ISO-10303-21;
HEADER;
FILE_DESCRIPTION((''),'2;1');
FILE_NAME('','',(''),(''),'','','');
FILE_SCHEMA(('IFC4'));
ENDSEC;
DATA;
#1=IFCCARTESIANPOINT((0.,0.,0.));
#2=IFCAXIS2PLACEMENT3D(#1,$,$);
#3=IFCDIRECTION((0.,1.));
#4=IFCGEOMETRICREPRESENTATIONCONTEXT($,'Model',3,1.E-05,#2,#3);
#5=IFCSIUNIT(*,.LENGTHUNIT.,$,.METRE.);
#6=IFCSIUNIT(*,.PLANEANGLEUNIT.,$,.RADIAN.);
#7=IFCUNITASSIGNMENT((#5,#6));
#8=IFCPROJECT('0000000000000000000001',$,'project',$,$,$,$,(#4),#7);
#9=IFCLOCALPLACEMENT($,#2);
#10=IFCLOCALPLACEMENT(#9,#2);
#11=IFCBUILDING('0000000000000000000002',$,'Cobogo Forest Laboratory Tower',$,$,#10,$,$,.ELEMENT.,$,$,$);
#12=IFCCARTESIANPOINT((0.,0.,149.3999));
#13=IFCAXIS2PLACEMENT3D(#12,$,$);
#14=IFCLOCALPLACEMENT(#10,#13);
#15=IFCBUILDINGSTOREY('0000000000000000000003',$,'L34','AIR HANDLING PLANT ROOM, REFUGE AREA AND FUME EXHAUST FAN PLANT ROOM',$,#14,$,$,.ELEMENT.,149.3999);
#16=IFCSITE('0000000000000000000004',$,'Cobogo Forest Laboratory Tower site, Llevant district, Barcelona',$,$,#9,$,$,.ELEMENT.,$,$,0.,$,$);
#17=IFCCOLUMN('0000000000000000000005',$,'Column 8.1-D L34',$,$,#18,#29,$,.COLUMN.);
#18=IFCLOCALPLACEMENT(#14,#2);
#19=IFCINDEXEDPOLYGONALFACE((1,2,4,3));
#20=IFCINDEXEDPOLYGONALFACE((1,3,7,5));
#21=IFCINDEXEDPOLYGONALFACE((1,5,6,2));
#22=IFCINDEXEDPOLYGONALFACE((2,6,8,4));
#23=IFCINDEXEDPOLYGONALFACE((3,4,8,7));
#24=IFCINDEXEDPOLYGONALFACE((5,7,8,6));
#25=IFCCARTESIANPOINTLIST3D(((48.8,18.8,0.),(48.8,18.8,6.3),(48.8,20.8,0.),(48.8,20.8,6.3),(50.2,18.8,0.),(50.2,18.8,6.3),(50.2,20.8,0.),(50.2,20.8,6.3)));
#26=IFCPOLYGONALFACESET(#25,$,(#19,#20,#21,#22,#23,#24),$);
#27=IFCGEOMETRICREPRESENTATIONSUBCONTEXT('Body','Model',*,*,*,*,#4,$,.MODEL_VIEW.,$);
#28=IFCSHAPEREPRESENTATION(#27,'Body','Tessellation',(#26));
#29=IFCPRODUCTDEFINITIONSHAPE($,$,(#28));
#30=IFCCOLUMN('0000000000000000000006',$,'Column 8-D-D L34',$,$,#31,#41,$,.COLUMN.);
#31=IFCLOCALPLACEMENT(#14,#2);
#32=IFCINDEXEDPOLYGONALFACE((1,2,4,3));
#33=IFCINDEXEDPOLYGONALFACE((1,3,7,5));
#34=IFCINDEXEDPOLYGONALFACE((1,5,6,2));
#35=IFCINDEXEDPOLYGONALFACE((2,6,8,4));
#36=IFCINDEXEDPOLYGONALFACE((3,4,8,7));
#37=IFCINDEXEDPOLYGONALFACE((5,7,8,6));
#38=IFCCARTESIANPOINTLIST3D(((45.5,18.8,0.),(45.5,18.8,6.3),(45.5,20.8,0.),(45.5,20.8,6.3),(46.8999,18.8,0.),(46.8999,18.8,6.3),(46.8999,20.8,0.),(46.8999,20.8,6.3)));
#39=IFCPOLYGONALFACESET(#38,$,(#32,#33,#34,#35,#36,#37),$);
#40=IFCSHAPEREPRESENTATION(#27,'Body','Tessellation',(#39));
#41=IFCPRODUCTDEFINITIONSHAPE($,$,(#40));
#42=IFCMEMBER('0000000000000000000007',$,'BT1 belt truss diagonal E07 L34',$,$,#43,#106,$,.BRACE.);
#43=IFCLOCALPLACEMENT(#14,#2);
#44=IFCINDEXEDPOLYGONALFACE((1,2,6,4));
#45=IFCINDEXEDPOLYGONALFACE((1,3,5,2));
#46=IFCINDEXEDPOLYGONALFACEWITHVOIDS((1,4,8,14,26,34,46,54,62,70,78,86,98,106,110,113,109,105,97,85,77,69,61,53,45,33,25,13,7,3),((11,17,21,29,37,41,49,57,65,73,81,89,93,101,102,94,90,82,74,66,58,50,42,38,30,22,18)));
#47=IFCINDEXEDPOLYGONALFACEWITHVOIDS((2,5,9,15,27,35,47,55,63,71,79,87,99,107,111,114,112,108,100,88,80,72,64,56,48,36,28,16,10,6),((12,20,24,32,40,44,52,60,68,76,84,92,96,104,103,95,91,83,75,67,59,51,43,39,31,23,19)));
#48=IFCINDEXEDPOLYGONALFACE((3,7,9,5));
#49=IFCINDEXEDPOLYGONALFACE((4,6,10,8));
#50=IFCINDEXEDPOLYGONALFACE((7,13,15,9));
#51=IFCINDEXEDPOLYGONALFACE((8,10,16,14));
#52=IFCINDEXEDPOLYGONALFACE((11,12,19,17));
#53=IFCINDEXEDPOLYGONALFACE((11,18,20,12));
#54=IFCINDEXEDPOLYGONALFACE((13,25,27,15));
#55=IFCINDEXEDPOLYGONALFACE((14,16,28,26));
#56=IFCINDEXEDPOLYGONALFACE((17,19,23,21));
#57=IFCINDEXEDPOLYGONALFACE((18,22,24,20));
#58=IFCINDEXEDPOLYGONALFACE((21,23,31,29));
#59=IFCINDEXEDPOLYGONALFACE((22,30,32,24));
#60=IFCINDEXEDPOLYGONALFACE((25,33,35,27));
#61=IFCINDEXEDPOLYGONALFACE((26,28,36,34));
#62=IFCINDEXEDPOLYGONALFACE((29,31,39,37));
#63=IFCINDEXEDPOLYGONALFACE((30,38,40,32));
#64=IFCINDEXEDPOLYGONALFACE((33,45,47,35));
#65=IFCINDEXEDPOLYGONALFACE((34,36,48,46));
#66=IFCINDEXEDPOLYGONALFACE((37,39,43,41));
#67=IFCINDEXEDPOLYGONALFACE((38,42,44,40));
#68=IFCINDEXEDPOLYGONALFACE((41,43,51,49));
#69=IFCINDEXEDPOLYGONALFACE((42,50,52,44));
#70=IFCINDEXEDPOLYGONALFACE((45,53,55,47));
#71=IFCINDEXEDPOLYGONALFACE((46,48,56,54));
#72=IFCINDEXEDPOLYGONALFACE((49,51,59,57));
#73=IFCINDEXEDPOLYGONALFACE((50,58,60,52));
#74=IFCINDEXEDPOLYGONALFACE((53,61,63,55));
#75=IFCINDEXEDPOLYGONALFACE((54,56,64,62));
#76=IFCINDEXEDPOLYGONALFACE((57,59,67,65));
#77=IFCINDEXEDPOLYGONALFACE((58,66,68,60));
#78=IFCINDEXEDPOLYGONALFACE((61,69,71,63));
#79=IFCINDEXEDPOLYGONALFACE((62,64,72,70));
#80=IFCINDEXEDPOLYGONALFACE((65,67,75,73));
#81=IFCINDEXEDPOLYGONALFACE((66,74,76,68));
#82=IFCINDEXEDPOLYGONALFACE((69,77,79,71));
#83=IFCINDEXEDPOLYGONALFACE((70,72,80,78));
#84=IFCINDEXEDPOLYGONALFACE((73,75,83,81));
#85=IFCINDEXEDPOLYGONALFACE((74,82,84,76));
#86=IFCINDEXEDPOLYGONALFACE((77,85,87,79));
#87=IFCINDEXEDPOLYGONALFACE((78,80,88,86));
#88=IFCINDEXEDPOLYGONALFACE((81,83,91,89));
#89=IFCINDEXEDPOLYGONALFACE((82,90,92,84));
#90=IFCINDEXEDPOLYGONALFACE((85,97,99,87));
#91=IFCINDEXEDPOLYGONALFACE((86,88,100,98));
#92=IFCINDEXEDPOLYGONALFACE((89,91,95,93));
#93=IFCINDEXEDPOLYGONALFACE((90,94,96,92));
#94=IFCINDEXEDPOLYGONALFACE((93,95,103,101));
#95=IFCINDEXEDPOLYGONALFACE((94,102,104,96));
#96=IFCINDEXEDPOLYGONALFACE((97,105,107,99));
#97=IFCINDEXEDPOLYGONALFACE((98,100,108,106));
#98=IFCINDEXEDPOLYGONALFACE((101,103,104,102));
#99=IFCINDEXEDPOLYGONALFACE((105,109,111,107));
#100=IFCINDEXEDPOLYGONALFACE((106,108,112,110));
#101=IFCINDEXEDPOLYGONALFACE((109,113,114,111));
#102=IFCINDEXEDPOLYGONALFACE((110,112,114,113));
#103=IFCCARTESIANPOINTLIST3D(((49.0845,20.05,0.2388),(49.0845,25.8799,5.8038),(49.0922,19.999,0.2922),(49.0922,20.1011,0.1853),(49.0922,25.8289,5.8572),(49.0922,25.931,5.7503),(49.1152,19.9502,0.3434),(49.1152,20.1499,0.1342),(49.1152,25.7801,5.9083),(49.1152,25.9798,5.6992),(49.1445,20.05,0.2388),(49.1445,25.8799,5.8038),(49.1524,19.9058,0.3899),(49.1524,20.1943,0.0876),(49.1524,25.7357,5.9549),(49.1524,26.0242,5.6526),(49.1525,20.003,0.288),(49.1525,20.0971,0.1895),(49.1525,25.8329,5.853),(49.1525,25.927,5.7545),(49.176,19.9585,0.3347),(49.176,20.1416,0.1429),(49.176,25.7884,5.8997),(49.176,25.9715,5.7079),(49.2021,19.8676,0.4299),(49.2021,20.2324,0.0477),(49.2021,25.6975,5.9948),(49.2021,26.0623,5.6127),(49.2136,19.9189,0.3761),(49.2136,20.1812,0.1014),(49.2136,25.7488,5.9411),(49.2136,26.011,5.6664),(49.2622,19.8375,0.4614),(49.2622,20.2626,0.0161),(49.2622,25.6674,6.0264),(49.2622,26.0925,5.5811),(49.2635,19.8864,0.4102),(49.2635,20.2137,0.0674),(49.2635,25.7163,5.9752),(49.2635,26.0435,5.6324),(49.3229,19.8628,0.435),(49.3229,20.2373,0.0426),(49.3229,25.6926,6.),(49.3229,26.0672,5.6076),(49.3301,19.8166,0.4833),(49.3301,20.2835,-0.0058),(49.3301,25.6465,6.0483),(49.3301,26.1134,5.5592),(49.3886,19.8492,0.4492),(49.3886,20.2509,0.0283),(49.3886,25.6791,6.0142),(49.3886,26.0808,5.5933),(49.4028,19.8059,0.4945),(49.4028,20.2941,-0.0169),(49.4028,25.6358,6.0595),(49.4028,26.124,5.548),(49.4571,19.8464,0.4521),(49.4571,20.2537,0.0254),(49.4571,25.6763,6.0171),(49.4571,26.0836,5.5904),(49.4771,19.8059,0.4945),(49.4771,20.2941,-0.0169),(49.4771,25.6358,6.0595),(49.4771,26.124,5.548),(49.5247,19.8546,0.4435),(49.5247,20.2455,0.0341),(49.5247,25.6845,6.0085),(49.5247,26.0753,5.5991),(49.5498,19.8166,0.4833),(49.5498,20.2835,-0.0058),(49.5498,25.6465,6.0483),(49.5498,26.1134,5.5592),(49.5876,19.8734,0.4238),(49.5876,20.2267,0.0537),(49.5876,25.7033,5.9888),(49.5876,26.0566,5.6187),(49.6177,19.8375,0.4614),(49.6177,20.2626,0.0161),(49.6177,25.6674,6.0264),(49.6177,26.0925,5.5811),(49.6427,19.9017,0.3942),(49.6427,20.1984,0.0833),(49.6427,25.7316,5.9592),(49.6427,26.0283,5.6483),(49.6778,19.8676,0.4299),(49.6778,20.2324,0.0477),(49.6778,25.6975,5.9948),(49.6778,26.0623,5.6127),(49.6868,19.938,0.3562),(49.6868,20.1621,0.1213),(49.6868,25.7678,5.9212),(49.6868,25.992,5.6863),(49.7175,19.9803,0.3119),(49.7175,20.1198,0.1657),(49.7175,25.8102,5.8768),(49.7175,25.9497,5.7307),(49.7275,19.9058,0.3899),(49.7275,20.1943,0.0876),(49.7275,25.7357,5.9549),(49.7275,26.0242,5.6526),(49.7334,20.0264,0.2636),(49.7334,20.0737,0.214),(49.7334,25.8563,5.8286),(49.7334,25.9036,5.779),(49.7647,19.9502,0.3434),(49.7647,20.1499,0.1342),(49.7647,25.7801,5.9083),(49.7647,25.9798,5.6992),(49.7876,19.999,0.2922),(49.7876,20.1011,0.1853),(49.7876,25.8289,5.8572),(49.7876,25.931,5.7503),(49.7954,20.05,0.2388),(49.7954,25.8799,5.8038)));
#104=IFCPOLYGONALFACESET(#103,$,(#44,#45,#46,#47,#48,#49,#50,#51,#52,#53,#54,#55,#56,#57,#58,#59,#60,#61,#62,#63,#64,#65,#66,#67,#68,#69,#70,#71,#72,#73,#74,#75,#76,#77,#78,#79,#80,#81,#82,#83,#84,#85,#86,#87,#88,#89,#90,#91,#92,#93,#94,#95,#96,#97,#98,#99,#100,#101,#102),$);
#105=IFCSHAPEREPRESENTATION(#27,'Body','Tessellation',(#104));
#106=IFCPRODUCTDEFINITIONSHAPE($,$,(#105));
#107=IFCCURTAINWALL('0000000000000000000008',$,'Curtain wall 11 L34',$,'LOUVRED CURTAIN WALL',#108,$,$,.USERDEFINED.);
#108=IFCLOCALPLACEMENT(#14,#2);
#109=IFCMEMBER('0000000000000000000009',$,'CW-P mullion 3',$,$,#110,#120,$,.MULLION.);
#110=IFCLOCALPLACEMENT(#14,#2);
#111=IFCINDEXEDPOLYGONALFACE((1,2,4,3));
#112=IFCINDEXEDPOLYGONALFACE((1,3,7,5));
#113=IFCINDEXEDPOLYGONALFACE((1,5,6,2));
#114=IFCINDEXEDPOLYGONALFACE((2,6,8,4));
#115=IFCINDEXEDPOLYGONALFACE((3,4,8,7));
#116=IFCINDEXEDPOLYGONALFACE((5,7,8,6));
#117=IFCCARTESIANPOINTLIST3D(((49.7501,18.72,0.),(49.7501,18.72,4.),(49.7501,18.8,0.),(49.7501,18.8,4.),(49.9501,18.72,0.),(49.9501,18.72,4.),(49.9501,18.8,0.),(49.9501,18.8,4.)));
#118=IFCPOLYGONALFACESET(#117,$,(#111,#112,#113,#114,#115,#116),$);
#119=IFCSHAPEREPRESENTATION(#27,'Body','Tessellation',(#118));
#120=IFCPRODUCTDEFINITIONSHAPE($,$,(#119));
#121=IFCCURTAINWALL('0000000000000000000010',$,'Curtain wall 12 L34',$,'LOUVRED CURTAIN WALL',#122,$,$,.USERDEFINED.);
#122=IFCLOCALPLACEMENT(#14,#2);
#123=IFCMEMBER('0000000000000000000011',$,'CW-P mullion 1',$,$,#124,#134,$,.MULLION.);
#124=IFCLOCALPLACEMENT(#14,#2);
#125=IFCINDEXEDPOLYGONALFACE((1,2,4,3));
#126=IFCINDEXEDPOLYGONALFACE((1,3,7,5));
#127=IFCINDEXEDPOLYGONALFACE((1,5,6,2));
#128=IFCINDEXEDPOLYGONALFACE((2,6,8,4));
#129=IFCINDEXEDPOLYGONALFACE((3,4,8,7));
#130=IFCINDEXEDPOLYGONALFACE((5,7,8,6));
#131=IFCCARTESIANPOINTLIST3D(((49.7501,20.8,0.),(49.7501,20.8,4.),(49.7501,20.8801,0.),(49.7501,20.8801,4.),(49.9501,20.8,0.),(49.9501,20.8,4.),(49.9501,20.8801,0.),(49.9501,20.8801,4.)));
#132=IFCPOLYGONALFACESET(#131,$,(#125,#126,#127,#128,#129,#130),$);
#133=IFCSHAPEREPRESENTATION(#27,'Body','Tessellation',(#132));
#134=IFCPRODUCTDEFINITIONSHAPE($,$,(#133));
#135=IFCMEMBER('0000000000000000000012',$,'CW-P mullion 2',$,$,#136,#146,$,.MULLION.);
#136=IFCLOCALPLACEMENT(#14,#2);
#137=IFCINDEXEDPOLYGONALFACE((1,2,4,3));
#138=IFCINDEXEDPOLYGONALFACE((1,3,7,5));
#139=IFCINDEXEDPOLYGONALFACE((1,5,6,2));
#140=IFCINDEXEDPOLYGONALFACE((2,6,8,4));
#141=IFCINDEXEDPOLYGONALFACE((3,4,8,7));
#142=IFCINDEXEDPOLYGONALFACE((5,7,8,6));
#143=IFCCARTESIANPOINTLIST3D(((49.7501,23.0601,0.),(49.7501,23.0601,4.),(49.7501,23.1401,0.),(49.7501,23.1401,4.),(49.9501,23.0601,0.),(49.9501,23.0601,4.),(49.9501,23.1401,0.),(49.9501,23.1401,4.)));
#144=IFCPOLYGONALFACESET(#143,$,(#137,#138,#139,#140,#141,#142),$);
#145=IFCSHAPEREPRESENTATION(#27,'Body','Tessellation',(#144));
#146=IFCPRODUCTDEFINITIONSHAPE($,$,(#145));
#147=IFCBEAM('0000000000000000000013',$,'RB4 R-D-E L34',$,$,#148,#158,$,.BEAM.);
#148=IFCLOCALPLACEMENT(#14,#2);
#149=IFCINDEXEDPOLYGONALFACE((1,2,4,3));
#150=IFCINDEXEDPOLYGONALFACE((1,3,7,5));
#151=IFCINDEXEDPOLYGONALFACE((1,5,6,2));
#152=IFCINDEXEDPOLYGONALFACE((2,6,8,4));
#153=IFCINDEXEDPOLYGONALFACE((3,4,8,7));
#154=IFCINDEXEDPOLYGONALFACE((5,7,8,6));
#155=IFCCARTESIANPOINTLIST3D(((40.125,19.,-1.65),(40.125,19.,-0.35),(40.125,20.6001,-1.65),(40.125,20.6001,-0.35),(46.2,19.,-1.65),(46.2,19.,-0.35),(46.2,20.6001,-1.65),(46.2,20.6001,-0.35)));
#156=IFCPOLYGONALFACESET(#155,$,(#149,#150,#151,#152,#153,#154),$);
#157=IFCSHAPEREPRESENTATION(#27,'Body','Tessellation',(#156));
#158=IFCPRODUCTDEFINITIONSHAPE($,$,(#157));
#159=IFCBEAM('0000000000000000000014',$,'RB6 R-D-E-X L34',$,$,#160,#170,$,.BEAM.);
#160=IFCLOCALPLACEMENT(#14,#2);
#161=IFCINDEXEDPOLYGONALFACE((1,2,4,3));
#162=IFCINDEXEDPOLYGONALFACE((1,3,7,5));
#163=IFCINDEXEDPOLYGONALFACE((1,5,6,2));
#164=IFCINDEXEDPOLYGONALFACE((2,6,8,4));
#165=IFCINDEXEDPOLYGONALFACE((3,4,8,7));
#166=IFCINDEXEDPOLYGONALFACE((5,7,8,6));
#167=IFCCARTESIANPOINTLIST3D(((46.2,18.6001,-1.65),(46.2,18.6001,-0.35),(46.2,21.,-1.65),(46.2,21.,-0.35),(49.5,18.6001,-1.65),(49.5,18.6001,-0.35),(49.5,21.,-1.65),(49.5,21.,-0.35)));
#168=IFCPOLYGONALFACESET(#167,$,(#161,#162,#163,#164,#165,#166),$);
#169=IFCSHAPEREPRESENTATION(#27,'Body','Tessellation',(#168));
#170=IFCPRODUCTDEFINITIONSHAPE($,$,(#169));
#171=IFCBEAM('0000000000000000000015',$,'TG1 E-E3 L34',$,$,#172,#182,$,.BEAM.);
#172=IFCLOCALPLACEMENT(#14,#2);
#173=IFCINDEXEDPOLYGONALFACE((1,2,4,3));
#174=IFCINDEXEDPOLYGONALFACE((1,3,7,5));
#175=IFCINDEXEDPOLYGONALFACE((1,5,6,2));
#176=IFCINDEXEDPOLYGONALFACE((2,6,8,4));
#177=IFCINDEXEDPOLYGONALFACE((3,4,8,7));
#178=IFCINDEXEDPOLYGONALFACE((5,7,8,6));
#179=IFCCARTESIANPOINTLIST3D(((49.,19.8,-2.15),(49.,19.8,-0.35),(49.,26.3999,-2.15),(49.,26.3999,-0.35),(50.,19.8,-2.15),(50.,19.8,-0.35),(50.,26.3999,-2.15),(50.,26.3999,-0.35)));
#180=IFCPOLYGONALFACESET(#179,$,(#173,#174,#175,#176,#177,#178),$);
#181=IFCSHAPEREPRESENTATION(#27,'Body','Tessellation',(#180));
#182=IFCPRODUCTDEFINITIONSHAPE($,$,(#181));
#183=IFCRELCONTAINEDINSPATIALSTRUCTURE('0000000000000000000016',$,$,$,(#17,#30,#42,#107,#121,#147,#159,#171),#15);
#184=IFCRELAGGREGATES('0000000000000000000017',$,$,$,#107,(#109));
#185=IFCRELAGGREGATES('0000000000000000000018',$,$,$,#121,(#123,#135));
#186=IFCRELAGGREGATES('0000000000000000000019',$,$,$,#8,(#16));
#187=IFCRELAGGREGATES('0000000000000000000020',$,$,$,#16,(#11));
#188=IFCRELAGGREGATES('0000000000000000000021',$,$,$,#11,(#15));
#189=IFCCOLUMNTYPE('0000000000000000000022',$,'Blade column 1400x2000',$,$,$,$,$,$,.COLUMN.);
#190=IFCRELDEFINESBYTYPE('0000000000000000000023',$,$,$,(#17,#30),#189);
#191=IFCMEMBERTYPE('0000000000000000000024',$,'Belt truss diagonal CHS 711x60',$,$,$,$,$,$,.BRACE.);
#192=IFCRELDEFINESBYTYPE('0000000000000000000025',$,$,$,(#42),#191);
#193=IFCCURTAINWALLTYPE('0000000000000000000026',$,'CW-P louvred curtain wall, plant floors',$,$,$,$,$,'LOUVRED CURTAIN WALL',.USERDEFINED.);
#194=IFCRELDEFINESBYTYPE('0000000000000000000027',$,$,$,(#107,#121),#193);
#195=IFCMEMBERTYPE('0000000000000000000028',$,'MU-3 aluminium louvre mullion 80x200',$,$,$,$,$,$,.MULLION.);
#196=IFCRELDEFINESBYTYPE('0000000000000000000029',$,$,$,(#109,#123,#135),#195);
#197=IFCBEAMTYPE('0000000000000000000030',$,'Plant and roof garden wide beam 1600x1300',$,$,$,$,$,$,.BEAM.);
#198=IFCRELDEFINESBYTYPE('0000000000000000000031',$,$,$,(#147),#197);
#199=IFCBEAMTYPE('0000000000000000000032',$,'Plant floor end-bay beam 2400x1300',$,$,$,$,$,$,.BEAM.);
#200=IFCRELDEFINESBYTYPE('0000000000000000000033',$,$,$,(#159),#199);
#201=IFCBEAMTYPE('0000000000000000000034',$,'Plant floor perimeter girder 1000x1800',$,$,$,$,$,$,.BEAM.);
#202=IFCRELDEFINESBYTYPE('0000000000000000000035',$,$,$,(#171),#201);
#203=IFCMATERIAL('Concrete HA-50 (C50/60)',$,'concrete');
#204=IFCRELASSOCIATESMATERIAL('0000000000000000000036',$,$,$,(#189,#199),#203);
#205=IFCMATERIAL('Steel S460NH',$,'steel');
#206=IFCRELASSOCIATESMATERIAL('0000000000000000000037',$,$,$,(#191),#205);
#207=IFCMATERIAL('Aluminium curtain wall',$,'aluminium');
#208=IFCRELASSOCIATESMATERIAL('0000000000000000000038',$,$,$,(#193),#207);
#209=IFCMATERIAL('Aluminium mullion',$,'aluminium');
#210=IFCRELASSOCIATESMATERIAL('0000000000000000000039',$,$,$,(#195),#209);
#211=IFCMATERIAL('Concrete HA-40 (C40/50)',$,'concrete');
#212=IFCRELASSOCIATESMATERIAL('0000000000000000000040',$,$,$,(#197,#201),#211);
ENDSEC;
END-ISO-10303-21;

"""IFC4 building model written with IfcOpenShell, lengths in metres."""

from ifc_helpers import new_model, si_unit, direction, frame, origin, origin_2d, place, context, subcontext, project, spatial, rectangle, hollow_circle, extrude, material, material_profile, profile_set, type_object, element, aggregate, save


model = new_model("IFC4")

# Units and contexts
model_context = context("Model", 3, precision=1e-05, world=origin(), true_north=direction((0.0, 1.0)))
body_context = subcontext(model_context, "Body", "Model", "MODEL_VIEW")
ifc_project = project(units=[si_unit("LENGTHUNIT", "METRE"), si_unit("PLANEANGLEUNIT", "RADIAN")], contexts=[model_context])

# Site, building, storey
site_placement = place(None, origin())
site = spatial("IfcSite", under=ifc_project, at=site_placement, Name="Cobogo Forest Laboratory Tower site, Llevant district, Barcelona", CompositionType="ELEMENT", RefElevation=0.0)
building_placement = place(site_placement, origin())
building = spatial("IfcBuilding", under=site, at=building_placement, Name="Cobogo Forest Laboratory Tower", CompositionType="ELEMENT")
storey_placement = place(building_placement, frame((0.0, 0.0, 149.3999)))
storey = spatial("IfcBuildingStorey", under=building, at=storey_placement, Name="L34", Description="AIR HANDLING PLANT ROOM, REFUGE AREA AND FUME EXHAUST FAN PLANT ROOM", CompositionType="ELEMENT", Elevation=149.3999)

# Columns
ifc_material_1 = material(Name="Concrete HA-50 (C50/60)", Category="concrete")
ifc_material_profile_1 = material_profile(ifc_material_1, rectangle(XDim=2.0, YDim=1.3999, at=origin_2d()), Name="RC 1400x2000")
ifc_profile_set_1 = profile_set([ifc_material_profile_1], Name="Concrete HA-50 (C50/60)")
column_type = type_object("IfcColumnType", Name="Blade column 1400x2000", PredefinedType="COLUMN", material=ifc_profile_set_1)
for number, where, z_axis, x_axis, name in (
    (1, (49.5, 19.8, 0.0), (0.0, 0.0, 1.0), (0.0, 1.0, 0.0), "Column 8.1-D L34"),
    (2, (46.2, 19.8, 0.0), (0.0, 0.0, 1.0), (0.0, 1.0, 0.0), "Column 8-D-D L34"),
):
    element("IfcColumn", number, at=place(storey_placement, frame(where, z_axis=z_axis, x_axis=x_axis)), inside=storey, type_object=column_type, Name=name, PredefinedType="COLUMN", context=body_context, shape_type="SweptSolid", body=[
        extrude(rectangle(XDim=2.0, YDim=1.3999, at=origin_2d()), origin(), (0.0, 0.0, 1.0), 6.3),
    ])

# Member
ifc_material_2 = material(Name="Steel S460NH", Category="steel")
ifc_material_profile_2 = material_profile(ifc_material_2, hollow_circle(Radius=0.3555, WallThickness=0.0601, at=origin_2d()), Name="CHS 711x60")
ifc_profile_set_2 = profile_set([ifc_material_profile_2], Name="Steel S460NH")
member_type_1 = type_object("IfcMemberType", Name="Belt truss diagonal CHS 711x60", PredefinedType="BRACE", material=ifc_profile_set_2)
member_1_placement = place(storey_placement, frame((49.4399, 20.05, 0.2388), z_axis=(0.0, 0.723349, 0.690482), x_axis=(-1.0, 0.0, 0.0)))
element("IfcMember", 3, at=member_1_placement, inside=storey, type_object=member_type_1, Name="BT1 belt truss diagonal E07 L34", PredefinedType="BRACE", context=body_context, shape_type="SweptSolid", body=[
    extrude(hollow_circle(Radius=0.3555, WallThickness=0.0601, at=origin_2d()), origin(), (0.0, 0.0, 1.0), 8.0596),
])

# Curtain wall, member
ifc_material_3 = material(Name="Aluminium curtain wall", Category="aluminium")
curtain_wall_type = type_object("IfcCurtainWallType", Name="CW-P louvred curtain wall, plant floors", ElementType="LOUVRED CURTAIN WALL", PredefinedType="USERDEFINED", material=ifc_material_3)
curtain_wall_1_placement = place(storey_placement, origin())
curtain_wall_1 = element("IfcCurtainWall", 4, at=curtain_wall_1_placement, inside=storey, type_object=curtain_wall_type, Name="Curtain wall 11 L34", ObjectType="LOUVRED CURTAIN WALL", PredefinedType="USERDEFINED")
ifc_material_4 = material(Name="Aluminium mullion", Category="aluminium")
ifc_material_profile_3 = material_profile(ifc_material_4, rectangle(XDim=0.0801, YDim=0.2, at=origin_2d()), Name="AL 80x200")
ifc_profile_set_3 = profile_set([ifc_material_profile_3], Name="Aluminium mullion")
member_type_2 = type_object("IfcMemberType", Name="MU-3 aluminium louvre mullion 80x200", PredefinedType="MULLION", material=ifc_profile_set_3)
member_2_placement = place(storey_placement, frame((49.8501, 18.76, 0.0), z_axis=(0.0, 0.0, 1.0), x_axis=(0.0, 1.0, 0.0)))
member_2 = element("IfcMember", 5, at=member_2_placement, type_object=member_type_2, Name="CW-P mullion 3", PredefinedType="MULLION", context=body_context, shape_type="SweptSolid", body=[
    extrude(rectangle(XDim=0.0801, YDim=0.2, at=origin_2d()), origin(), (0.0, 0.0, 1.0), 4.0),
])

# Curtain wall, members
curtain_wall_2_placement = place(storey_placement, origin())
curtain_wall_2 = element("IfcCurtainWall", 6, at=curtain_wall_2_placement, inside=storey, type_object=curtain_wall_type, Name="Curtain wall 12 L34", ObjectType="LOUVRED CURTAIN WALL", PredefinedType="USERDEFINED")
member_3_placement = place(storey_placement, frame((49.8501, 20.8401, 0.0), z_axis=(0.0, 0.0, 1.0), x_axis=(0.0, 1.0, 0.0)))
member_3 = element("IfcMember", 7, at=member_3_placement, type_object=member_type_2, Name="CW-P mullion 1", PredefinedType="MULLION", context=body_context, shape_type="SweptSolid", body=[
    extrude(rectangle(XDim=0.0801, YDim=0.2, at=origin_2d()), origin(), (0.0, 0.0, 1.0), 4.0),
])
member_4_placement = place(storey_placement, frame((49.8501, 23.1001, 0.0), z_axis=(0.0, 0.0, 1.0), x_axis=(0.0, 1.0, 0.0)))
member_4 = element("IfcMember", 8, at=member_4_placement, type_object=member_type_2, Name="CW-P mullion 2", PredefinedType="MULLION", context=body_context, shape_type="SweptSolid", body=[
    extrude(rectangle(XDim=0.0801, YDim=0.2, at=origin_2d()), origin(), (0.0, 0.0, 1.0), 4.0),
])

# Beams
ifc_material_5 = material(Name="Concrete HA-40 (C40/50)", Category="concrete")
ifc_material_profile_4 = material_profile(ifc_material_5, rectangle(XDim=1.6001, YDim=1.3, at=origin_2d()), Name="RC 1600x1300")
ifc_profile_set_4 = profile_set([ifc_material_profile_4], Name="Concrete HA-40 (C40/50)")
beam_type_1 = type_object("IfcBeamType", Name="Plant and roof garden wide beam 1600x1300", PredefinedType="BEAM", material=ifc_profile_set_4)
beam_1_placement = place(storey_placement, frame((40.125, 19.8, -1.0), z_axis=(1.0, 0.0, 0.0), x_axis=(0.0, 1.0, 0.0)))
element("IfcBeam", 9, at=beam_1_placement, inside=storey, type_object=beam_type_1, Name="RB4 R-D-E L34", PredefinedType="BEAM", context=body_context, shape_type="SweptSolid", body=[
    extrude(rectangle(XDim=1.6001, YDim=1.3, at=origin_2d()), origin(), (0.0, 0.0, 1.0), 6.075),
])
ifc_material_profile_5 = material_profile(ifc_material_1, rectangle(XDim=2.3999, YDim=1.3, at=origin_2d()), Name="RC 2400x1300")
ifc_profile_set_5 = profile_set([ifc_material_profile_5], Name="Concrete HA-50 (C50/60)")
beam_type_2 = type_object("IfcBeamType", Name="Plant floor end-bay beam 2400x1300", PredefinedType="BEAM", material=ifc_profile_set_5)
beam_2_placement = place(storey_placement, frame((49.5, 19.8, -1.0), z_axis=(-1.0, 0.0, 0.0), x_axis=(0.0, -1.0, 0.0)))
element("IfcBeam", 10, at=beam_2_placement, inside=storey, type_object=beam_type_2, Name="RB6 R-D-E-X L34", PredefinedType="BEAM", context=body_context, shape_type="SweptSolid", body=[
    extrude(rectangle(XDim=2.3999, YDim=1.3, at=origin_2d()), origin(), (0.0, 0.0, 1.0), 3.3),
])
ifc_material_profile_6 = material_profile(ifc_material_5, rectangle(XDim=1.0, YDim=1.8, at=origin_2d()), Name="RC 1000x1800")
ifc_profile_set_6 = profile_set([ifc_material_profile_6], Name="Concrete HA-40 (C40/50)")
beam_type_3 = type_object("IfcBeamType", Name="Plant floor perimeter girder 1000x1800", PredefinedType="BEAM", material=ifc_profile_set_6)
beam_3_placement = place(storey_placement, frame((49.5, 19.8, -1.25), z_axis=(0.0, 1.0, 0.0), x_axis=(-1.0, 0.0, 0.0)))
element("IfcBeam", 11, at=beam_3_placement, inside=storey, type_object=beam_type_3, Name="TG1 E-E3 L34", PredefinedType="BEAM", context=body_context, shape_type="SweptSolid", body=[
    extrude(rectangle(XDim=1.0, YDim=1.8, at=origin_2d()), origin(), (0.0, 0.0, 1.0), 6.5999),
])

aggregate(curtain_wall_1, [member_2])
aggregate(curtain_wall_2, [member_3, member_4])

save(model, "model.ifc")
